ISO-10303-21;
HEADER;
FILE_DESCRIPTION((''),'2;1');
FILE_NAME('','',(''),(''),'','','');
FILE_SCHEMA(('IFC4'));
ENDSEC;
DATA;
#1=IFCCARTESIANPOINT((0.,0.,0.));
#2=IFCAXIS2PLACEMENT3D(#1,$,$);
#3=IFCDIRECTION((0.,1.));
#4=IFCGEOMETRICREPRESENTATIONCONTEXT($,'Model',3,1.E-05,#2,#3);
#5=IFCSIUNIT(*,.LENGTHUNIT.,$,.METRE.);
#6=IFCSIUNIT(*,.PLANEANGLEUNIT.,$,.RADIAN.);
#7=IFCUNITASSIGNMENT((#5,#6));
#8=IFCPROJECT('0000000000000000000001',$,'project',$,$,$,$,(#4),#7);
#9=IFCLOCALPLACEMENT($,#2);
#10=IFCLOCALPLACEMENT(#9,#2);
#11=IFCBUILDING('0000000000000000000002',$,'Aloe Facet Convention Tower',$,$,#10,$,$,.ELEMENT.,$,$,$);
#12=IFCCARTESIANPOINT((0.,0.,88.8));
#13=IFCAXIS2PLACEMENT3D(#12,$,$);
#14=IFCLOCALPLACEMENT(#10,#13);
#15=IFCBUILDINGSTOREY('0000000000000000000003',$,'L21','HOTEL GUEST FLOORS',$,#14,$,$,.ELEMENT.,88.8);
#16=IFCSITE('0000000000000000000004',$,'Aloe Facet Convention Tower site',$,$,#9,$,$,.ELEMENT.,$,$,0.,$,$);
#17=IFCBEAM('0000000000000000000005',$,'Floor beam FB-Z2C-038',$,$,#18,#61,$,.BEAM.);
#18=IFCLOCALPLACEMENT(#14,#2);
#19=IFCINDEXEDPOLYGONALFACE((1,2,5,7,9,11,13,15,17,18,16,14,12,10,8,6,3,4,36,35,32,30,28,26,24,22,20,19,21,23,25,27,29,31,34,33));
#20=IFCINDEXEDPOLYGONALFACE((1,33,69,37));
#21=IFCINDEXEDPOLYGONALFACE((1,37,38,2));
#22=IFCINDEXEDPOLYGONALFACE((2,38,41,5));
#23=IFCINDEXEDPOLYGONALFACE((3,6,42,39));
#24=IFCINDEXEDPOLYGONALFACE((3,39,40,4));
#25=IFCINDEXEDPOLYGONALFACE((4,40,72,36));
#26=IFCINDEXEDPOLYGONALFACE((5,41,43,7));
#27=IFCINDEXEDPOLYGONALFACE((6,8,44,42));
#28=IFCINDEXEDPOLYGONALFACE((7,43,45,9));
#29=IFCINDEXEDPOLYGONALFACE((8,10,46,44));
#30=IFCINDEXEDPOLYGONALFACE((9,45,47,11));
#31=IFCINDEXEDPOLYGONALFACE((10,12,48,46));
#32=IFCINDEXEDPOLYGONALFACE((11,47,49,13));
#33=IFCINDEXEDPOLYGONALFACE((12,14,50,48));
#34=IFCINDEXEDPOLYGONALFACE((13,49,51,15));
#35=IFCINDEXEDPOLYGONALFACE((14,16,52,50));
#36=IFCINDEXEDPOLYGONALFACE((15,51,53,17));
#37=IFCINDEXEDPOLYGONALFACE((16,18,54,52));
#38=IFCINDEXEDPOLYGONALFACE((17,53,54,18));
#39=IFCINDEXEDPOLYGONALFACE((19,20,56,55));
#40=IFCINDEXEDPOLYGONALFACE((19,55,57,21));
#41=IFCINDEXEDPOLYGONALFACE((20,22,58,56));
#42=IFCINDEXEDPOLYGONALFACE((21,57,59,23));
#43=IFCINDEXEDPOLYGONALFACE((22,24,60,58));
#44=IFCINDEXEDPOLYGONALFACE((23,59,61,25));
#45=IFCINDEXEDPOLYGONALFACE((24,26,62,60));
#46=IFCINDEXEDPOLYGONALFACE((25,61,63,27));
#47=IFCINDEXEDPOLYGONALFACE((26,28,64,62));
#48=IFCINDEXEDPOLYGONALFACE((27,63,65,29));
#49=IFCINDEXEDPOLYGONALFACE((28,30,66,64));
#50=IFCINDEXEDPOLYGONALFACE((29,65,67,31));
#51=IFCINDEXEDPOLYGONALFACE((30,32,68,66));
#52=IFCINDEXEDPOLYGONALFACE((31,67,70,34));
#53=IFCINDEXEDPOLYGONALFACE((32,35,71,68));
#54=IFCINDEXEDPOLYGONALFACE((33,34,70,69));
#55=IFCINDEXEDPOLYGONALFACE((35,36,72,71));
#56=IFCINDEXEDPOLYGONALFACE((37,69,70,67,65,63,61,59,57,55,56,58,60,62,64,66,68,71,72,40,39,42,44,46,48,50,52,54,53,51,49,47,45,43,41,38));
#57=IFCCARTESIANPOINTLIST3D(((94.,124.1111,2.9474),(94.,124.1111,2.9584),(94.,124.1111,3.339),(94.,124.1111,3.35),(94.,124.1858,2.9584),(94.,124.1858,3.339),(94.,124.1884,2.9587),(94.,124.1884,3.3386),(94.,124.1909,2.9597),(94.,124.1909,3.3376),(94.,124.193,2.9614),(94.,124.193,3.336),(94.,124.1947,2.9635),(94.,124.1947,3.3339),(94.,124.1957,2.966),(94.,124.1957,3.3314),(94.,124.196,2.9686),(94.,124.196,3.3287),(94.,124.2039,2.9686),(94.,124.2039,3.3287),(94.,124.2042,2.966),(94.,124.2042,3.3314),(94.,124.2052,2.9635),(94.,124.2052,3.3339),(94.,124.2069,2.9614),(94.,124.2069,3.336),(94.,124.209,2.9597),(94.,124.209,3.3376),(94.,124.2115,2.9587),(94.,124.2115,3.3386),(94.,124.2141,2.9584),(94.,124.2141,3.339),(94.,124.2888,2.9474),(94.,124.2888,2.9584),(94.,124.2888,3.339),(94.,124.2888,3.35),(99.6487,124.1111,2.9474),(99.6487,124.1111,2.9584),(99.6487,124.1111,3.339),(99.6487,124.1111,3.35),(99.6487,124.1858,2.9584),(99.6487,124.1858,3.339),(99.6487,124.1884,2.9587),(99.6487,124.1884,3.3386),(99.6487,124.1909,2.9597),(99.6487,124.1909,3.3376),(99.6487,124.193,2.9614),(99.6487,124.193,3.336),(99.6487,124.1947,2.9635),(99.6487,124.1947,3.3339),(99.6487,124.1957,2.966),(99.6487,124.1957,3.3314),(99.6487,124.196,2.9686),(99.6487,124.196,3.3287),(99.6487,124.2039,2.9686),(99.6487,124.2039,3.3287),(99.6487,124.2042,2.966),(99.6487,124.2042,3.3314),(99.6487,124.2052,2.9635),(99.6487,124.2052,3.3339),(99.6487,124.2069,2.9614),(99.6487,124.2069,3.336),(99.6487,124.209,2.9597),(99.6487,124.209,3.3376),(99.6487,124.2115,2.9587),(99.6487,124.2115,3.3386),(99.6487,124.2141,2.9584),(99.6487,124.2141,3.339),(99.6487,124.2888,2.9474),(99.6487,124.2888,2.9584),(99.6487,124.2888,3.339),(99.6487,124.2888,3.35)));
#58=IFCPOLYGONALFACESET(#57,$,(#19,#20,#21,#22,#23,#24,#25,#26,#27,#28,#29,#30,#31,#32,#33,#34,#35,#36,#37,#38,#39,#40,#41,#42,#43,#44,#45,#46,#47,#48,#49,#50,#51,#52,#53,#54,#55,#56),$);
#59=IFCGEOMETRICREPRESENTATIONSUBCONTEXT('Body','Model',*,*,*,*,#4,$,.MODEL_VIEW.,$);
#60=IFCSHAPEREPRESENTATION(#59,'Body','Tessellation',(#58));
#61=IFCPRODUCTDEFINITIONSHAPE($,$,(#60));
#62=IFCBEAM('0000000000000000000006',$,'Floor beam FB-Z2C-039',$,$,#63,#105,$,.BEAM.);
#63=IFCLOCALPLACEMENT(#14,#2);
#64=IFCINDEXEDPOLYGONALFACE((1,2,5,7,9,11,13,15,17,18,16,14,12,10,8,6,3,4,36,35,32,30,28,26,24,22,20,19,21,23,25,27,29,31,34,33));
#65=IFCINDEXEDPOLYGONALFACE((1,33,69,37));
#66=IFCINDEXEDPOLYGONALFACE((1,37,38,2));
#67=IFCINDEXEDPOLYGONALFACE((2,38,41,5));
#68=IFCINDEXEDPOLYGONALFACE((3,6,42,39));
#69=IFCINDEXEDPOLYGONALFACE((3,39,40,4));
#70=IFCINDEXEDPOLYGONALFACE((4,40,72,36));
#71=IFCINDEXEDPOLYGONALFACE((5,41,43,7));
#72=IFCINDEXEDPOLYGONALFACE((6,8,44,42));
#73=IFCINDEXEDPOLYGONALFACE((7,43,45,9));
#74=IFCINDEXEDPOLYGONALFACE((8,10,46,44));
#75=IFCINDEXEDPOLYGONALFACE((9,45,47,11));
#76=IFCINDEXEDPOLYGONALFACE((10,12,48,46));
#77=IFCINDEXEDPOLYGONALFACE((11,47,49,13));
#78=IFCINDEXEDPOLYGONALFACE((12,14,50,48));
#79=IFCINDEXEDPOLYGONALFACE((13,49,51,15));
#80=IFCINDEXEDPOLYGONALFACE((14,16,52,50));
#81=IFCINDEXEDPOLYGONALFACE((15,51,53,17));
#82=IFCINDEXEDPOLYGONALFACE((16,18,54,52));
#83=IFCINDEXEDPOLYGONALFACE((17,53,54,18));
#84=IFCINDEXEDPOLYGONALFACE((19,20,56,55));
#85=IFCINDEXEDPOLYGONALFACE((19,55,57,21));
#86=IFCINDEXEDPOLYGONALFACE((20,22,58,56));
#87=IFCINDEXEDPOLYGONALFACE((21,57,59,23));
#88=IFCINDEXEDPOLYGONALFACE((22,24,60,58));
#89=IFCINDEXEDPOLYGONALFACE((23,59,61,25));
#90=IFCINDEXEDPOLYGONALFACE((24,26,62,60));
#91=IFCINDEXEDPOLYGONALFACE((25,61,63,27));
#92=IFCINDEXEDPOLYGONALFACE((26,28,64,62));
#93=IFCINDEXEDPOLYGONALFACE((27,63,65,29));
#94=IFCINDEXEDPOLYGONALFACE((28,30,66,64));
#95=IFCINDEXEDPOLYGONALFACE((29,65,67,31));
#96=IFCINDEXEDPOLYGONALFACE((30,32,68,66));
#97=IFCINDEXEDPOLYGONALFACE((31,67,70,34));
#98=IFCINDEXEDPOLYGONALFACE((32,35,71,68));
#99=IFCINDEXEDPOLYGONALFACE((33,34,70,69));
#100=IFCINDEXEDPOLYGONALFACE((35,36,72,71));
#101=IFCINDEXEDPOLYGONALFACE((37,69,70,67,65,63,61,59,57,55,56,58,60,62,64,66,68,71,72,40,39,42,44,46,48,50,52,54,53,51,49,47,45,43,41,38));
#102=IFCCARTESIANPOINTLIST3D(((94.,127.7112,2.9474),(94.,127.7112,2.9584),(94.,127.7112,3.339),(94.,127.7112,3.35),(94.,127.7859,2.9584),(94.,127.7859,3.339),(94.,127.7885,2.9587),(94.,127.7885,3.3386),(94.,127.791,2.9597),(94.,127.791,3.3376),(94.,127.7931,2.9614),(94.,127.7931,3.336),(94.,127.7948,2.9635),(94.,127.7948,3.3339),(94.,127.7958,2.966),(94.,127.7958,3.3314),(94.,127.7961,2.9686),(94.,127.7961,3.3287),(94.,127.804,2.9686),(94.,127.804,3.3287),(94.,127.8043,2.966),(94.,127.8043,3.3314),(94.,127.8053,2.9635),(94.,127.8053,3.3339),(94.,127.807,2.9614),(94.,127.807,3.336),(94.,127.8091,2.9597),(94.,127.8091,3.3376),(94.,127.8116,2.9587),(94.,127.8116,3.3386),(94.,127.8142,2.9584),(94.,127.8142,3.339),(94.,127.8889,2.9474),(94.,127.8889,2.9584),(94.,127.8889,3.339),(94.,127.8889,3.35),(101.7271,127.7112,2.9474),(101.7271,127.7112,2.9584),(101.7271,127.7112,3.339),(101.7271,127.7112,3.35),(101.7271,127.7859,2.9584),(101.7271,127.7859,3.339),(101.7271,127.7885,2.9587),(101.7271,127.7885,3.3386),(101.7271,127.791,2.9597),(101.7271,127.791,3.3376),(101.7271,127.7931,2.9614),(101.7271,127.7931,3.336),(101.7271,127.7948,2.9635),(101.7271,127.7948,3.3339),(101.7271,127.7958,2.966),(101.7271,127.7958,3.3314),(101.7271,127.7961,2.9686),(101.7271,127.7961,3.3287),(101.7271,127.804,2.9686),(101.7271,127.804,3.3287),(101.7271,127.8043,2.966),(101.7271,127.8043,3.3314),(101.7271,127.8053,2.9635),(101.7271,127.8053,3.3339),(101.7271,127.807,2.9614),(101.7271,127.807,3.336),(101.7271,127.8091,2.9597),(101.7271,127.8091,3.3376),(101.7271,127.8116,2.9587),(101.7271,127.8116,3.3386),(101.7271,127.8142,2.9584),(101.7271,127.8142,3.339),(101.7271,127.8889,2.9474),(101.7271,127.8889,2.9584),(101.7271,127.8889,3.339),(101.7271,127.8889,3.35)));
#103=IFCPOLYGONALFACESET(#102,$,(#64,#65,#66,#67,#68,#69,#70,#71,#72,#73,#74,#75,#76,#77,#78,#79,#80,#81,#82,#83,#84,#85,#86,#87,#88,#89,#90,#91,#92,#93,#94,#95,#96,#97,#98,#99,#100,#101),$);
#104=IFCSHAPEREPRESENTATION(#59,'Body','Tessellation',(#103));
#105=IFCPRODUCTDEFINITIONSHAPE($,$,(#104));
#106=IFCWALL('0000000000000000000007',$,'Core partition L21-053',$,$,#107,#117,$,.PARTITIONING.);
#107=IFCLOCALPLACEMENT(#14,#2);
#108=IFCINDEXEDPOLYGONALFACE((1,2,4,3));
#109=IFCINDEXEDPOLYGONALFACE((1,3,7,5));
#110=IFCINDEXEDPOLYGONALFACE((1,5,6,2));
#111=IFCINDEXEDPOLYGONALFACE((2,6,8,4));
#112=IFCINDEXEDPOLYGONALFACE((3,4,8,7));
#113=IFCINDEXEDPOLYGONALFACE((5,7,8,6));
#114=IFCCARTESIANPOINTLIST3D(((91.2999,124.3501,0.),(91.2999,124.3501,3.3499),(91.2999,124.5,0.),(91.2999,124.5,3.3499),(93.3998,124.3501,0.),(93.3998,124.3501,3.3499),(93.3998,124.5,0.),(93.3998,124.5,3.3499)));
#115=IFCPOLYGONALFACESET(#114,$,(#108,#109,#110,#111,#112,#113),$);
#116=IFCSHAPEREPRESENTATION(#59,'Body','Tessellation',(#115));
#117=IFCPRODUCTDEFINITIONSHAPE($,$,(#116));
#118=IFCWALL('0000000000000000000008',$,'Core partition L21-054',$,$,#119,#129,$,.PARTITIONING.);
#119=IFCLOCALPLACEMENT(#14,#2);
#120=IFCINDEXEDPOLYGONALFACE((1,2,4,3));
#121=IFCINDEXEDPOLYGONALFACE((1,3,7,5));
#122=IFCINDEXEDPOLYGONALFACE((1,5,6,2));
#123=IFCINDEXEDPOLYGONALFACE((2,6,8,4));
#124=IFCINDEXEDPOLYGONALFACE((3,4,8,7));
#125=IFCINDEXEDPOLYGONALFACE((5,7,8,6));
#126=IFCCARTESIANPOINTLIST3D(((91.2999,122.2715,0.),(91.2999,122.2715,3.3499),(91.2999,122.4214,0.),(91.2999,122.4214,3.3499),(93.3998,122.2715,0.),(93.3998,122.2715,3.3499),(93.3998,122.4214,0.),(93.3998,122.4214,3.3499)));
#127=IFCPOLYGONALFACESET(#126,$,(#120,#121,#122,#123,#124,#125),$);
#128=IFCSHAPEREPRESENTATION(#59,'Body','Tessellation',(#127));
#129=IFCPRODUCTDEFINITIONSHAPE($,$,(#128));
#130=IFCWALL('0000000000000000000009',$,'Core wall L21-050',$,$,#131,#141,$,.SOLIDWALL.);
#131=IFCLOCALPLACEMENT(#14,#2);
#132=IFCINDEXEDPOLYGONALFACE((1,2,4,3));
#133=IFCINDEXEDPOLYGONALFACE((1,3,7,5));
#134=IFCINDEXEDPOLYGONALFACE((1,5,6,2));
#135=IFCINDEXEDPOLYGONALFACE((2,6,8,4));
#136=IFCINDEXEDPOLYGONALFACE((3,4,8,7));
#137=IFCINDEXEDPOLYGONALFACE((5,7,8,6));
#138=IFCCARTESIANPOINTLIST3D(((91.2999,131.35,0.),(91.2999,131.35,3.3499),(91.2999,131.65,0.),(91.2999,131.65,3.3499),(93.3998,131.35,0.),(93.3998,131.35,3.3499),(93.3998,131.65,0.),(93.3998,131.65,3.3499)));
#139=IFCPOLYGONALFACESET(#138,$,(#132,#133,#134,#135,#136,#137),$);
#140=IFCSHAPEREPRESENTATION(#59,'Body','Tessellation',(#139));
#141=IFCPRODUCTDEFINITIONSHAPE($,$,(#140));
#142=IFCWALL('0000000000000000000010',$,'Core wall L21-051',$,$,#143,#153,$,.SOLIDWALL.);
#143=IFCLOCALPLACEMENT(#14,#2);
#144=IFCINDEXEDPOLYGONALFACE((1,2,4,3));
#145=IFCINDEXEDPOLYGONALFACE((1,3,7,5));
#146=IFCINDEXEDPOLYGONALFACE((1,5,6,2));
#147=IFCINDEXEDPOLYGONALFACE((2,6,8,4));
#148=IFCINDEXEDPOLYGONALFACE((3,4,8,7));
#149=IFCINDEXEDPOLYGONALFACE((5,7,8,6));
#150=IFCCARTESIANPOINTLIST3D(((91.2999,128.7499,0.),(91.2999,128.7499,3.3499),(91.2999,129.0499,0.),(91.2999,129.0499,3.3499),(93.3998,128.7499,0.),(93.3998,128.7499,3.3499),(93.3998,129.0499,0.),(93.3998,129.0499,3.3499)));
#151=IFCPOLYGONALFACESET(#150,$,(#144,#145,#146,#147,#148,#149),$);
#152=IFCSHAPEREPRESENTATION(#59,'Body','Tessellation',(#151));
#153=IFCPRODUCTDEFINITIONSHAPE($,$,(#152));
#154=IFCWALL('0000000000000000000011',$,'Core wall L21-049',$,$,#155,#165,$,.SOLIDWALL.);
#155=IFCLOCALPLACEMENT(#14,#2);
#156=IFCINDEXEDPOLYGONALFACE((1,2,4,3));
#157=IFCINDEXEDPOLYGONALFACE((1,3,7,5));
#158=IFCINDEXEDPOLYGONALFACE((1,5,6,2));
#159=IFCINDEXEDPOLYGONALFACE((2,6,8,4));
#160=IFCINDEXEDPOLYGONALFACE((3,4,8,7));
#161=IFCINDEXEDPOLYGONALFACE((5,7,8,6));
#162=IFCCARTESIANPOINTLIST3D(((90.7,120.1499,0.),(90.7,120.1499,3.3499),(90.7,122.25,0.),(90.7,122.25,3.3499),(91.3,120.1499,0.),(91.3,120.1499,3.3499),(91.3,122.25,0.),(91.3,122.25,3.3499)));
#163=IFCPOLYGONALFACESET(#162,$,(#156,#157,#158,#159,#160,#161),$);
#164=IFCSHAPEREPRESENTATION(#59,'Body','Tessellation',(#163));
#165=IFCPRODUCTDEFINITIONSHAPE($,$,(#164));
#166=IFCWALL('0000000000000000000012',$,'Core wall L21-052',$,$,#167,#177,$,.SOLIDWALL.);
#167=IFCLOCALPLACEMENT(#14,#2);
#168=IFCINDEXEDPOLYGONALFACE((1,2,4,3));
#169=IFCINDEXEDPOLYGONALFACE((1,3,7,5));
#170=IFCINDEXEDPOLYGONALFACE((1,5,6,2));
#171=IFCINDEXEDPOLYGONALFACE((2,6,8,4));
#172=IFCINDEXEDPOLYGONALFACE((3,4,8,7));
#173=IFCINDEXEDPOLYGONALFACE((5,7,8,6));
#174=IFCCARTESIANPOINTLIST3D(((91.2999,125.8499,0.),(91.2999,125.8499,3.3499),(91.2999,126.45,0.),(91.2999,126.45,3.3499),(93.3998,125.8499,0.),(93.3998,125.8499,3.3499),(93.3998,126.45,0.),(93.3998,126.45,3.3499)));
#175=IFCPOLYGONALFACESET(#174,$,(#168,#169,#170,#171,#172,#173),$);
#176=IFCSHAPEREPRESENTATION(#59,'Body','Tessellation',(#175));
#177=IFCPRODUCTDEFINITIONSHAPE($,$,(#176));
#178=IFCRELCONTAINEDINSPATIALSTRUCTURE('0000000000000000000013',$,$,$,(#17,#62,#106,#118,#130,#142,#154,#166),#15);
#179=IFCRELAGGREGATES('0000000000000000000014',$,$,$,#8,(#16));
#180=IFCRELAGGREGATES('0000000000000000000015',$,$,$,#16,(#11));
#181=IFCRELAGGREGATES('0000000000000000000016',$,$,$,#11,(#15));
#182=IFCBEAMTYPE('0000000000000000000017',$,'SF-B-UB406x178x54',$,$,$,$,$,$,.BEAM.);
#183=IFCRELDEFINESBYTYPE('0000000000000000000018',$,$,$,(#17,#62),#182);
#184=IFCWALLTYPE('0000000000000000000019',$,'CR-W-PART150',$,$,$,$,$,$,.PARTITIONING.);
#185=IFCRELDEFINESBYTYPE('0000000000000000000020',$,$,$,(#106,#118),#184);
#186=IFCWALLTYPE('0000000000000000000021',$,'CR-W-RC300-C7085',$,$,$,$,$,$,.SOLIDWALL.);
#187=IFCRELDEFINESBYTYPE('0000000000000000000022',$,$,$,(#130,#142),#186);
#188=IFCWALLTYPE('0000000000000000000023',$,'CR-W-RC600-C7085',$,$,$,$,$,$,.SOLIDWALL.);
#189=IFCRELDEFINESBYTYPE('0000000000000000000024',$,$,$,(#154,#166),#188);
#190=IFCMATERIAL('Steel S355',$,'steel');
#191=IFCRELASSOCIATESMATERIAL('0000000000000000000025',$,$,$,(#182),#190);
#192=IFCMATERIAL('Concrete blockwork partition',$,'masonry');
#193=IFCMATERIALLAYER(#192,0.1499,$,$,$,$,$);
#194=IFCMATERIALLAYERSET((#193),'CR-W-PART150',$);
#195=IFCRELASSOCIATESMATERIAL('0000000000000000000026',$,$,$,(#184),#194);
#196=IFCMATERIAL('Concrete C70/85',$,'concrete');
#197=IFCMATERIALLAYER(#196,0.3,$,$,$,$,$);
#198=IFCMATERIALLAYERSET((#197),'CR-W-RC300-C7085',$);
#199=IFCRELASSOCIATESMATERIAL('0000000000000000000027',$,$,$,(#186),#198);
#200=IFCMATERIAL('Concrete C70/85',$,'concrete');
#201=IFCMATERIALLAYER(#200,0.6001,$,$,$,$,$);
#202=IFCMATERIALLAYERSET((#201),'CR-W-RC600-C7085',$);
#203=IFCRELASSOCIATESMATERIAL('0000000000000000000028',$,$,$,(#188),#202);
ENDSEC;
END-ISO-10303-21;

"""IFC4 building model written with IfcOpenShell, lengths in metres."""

from ifc_helpers import new_model, si_unit, direction, frame, frame_2d, origin, origin_2d, place, context, subcontext, project, spatial, rectangle, i_section, extrude, material, layer, layer_set, material_profile, profile_set, type_object, element, save


model = new_model("IFC4")

# Units and contexts
model_context = context("Model", 3, precision=1e-05, world=origin(), true_north=direction((0.0, 1.0)))
body_context = subcontext(model_context, "Body", "Model", "MODEL_VIEW")
ifc_project = project(units=[si_unit("LENGTHUNIT", "METRE"), si_unit("PLANEANGLEUNIT", "RADIAN")], contexts=[model_context])

# Site, building, storey
site_placement = place(None, origin())
site = spatial("IfcSite", under=ifc_project, at=site_placement, Name="Aloe Facet Convention Tower site", CompositionType="ELEMENT", RefElevation=0.0)
building_placement = place(site_placement, origin())
building = spatial("IfcBuilding", under=site, at=building_placement, Name="Aloe Facet Convention Tower", CompositionType="ELEMENT")
storey_placement = place(building_placement, frame((0.0, 0.0, 88.8)))
storey = spatial("IfcBuildingStorey", under=building, at=storey_placement, Name="L21", Description="HOTEL GUEST FLOORS", CompositionType="ELEMENT", Elevation=88.8)

# Beams
ifc_material_1 = material(Name="Steel S355", Category="steel")
ifc_material_profile = material_profile(ifc_material_1, i_section(OverallWidth=0.1777, OverallDepth=0.4026, WebThickness=0.0078, FlangeThickness=0.011, FilletRadius=0.0103, at=origin_2d()), Name="UB 406x178x54")
ifc_profile_set = profile_set([ifc_material_profile], Name="Steel S355")
beam_type = type_object("IfcBeamType", Name="SF-B-UB406x178x54", PredefinedType="BEAM", material=ifc_profile_set)
beam_1_placement = place(storey_placement, frame((94.0, 124.2, 3.1487), z_axis=(1.0, 0.0, 0.0), x_axis=(0.0, 1.0, 0.0)))
element("IfcBeam", 1, at=beam_1_placement, inside=storey, type_object=beam_type, Name="Floor beam FB-Z2C-038", PredefinedType="BEAM", context=body_context, shape_type="SweptSolid", body=[
    extrude(i_section(OverallWidth=0.1777, OverallDepth=0.4026, WebThickness=0.0078, FlangeThickness=0.011, FilletRadius=0.0103, at=origin_2d()), origin(), (0.0, 0.0, 1.0), 5.6487),
])
beam_2_placement = place(storey_placement, frame((94.0, 127.8, 3.1487), z_axis=(1.0, 0.0, 0.0), x_axis=(0.0, 1.0, 0.0)))
element("IfcBeam", 2, at=beam_2_placement, inside=storey, type_object=beam_type, Name="Floor beam FB-Z2C-039", PredefinedType="BEAM", context=body_context, shape_type="SweptSolid", body=[
    extrude(i_section(OverallWidth=0.1777, OverallDepth=0.4026, WebThickness=0.0078, FlangeThickness=0.011, FilletRadius=0.0103, at=origin_2d()), origin(), (0.0, 0.0, 1.0), 7.7271),
])

# Walls
ifc_material_2 = material(Name="Concrete blockwork partition", Category="masonry")
ifc_layer_1 = layer(ifc_material_2, 0.1499)
ifc_layer_set_1 = layer_set([ifc_layer_1], Name="CR-W-PART150")
wall_type_1 = type_object("IfcWallType", Name="CR-W-PART150", PredefinedType="PARTITIONING", material=ifc_layer_set_1)
for number, where, z_axis, x_axis, name in (
    (3, (91.3, 124.425, 0.0), (0.0, 0.0, 1.0), (1.0, 0.0, 0.0), "Core partition L21-053"),
    (4, (91.3, 122.3464, 0.0), (0.0, 0.0, 1.0), (1.0, 0.0, 0.0), "Core partition L21-054"),
):
    element("IfcWall", number, at=place(storey_placement, frame(where, z_axis=z_axis, x_axis=x_axis)), inside=storey, type_object=wall_type_1, Name=name, PredefinedType="PARTITIONING", context=body_context, shape_type="SweptSolid", body=[
        extrude(rectangle(XDim=2.0999, YDim=0.1499, at=frame_2d((1.0498, 0.0))), origin(), (0.0, 0.0, 1.0), 3.3499),
    ])
ifc_material_3 = material(Name="Concrete C70/85", Category="concrete")
ifc_layer_2 = layer(ifc_material_3, 0.3)
ifc_layer_set_2 = layer_set([ifc_layer_2], Name="CR-W-RC300-C7085")
wall_type_2 = type_object("IfcWallType", Name="CR-W-RC300-C7085", PredefinedType="SOLIDWALL", material=ifc_layer_set_2)
for number, where, z_axis, x_axis, name in (
    (5, (91.3, 131.5, 0.0), (0.0, 0.0, 1.0), (1.0, 0.0, 0.0), "Core wall L21-050"),
    (6, (91.3, 128.8999, 0.0), (0.0, 0.0, 1.0), (1.0, 0.0, 0.0), "Core wall L21-051"),
):
    element("IfcWall", number, at=place(storey_placement, frame(where, z_axis=z_axis, x_axis=x_axis)), inside=storey, type_object=wall_type_2, Name=name, PredefinedType="SOLIDWALL", context=body_context, shape_type="SweptSolid", body=[
        extrude(rectangle(XDim=2.0999, YDim=0.3, at=frame_2d((1.0498, 0.0))), origin(), (0.0, 0.0, 1.0), 3.3499),
    ])
ifc_material_4 = material(Name="Concrete C70/85", Category="concrete")
ifc_layer_3 = layer(ifc_material_4, 0.6001)
ifc_layer_set_3 = layer_set([ifc_layer_3], Name="CR-W-RC600-C7085")
wall_type_3 = type_object("IfcWallType", Name="CR-W-RC600-C7085", PredefinedType="SOLIDWALL", material=ifc_layer_set_3)
wall_1_placement = place(storey_placement, frame((91.0, 122.25, 0.0), z_axis=(0.0, 0.0, 1.0), x_axis=(0.0, -1.0, 0.0)))
element("IfcWall", 7, at=wall_1_placement, inside=storey, type_object=wall_type_3, Name="Core wall L21-049", PredefinedType="SOLIDWALL", context=body_context, shape_type="SweptSolid", body=[
    extrude(rectangle(XDim=2.1001, YDim=0.6001, at=frame_2d((1.05, 0.0))), origin(), (0.0, 0.0, 1.0), 3.3499),
])
wall_2_placement = place(storey_placement, frame((91.3, 126.1499, 0.0), z_axis=(0.0, 0.0, 1.0), x_axis=(1.0, 0.0, 0.0)))
element("IfcWall", 8, at=wall_2_placement, inside=storey, type_object=wall_type_3, Name="Core wall L21-052", PredefinedType="SOLIDWALL", context=body_context, shape_type="SweptSolid", body=[
    extrude(rectangle(XDim=2.0999, YDim=0.6001, at=frame_2d((1.0498, 0.0))), origin(), (0.0, 0.0, 1.0), 3.3499),
])

save(model, "model.ifc")
